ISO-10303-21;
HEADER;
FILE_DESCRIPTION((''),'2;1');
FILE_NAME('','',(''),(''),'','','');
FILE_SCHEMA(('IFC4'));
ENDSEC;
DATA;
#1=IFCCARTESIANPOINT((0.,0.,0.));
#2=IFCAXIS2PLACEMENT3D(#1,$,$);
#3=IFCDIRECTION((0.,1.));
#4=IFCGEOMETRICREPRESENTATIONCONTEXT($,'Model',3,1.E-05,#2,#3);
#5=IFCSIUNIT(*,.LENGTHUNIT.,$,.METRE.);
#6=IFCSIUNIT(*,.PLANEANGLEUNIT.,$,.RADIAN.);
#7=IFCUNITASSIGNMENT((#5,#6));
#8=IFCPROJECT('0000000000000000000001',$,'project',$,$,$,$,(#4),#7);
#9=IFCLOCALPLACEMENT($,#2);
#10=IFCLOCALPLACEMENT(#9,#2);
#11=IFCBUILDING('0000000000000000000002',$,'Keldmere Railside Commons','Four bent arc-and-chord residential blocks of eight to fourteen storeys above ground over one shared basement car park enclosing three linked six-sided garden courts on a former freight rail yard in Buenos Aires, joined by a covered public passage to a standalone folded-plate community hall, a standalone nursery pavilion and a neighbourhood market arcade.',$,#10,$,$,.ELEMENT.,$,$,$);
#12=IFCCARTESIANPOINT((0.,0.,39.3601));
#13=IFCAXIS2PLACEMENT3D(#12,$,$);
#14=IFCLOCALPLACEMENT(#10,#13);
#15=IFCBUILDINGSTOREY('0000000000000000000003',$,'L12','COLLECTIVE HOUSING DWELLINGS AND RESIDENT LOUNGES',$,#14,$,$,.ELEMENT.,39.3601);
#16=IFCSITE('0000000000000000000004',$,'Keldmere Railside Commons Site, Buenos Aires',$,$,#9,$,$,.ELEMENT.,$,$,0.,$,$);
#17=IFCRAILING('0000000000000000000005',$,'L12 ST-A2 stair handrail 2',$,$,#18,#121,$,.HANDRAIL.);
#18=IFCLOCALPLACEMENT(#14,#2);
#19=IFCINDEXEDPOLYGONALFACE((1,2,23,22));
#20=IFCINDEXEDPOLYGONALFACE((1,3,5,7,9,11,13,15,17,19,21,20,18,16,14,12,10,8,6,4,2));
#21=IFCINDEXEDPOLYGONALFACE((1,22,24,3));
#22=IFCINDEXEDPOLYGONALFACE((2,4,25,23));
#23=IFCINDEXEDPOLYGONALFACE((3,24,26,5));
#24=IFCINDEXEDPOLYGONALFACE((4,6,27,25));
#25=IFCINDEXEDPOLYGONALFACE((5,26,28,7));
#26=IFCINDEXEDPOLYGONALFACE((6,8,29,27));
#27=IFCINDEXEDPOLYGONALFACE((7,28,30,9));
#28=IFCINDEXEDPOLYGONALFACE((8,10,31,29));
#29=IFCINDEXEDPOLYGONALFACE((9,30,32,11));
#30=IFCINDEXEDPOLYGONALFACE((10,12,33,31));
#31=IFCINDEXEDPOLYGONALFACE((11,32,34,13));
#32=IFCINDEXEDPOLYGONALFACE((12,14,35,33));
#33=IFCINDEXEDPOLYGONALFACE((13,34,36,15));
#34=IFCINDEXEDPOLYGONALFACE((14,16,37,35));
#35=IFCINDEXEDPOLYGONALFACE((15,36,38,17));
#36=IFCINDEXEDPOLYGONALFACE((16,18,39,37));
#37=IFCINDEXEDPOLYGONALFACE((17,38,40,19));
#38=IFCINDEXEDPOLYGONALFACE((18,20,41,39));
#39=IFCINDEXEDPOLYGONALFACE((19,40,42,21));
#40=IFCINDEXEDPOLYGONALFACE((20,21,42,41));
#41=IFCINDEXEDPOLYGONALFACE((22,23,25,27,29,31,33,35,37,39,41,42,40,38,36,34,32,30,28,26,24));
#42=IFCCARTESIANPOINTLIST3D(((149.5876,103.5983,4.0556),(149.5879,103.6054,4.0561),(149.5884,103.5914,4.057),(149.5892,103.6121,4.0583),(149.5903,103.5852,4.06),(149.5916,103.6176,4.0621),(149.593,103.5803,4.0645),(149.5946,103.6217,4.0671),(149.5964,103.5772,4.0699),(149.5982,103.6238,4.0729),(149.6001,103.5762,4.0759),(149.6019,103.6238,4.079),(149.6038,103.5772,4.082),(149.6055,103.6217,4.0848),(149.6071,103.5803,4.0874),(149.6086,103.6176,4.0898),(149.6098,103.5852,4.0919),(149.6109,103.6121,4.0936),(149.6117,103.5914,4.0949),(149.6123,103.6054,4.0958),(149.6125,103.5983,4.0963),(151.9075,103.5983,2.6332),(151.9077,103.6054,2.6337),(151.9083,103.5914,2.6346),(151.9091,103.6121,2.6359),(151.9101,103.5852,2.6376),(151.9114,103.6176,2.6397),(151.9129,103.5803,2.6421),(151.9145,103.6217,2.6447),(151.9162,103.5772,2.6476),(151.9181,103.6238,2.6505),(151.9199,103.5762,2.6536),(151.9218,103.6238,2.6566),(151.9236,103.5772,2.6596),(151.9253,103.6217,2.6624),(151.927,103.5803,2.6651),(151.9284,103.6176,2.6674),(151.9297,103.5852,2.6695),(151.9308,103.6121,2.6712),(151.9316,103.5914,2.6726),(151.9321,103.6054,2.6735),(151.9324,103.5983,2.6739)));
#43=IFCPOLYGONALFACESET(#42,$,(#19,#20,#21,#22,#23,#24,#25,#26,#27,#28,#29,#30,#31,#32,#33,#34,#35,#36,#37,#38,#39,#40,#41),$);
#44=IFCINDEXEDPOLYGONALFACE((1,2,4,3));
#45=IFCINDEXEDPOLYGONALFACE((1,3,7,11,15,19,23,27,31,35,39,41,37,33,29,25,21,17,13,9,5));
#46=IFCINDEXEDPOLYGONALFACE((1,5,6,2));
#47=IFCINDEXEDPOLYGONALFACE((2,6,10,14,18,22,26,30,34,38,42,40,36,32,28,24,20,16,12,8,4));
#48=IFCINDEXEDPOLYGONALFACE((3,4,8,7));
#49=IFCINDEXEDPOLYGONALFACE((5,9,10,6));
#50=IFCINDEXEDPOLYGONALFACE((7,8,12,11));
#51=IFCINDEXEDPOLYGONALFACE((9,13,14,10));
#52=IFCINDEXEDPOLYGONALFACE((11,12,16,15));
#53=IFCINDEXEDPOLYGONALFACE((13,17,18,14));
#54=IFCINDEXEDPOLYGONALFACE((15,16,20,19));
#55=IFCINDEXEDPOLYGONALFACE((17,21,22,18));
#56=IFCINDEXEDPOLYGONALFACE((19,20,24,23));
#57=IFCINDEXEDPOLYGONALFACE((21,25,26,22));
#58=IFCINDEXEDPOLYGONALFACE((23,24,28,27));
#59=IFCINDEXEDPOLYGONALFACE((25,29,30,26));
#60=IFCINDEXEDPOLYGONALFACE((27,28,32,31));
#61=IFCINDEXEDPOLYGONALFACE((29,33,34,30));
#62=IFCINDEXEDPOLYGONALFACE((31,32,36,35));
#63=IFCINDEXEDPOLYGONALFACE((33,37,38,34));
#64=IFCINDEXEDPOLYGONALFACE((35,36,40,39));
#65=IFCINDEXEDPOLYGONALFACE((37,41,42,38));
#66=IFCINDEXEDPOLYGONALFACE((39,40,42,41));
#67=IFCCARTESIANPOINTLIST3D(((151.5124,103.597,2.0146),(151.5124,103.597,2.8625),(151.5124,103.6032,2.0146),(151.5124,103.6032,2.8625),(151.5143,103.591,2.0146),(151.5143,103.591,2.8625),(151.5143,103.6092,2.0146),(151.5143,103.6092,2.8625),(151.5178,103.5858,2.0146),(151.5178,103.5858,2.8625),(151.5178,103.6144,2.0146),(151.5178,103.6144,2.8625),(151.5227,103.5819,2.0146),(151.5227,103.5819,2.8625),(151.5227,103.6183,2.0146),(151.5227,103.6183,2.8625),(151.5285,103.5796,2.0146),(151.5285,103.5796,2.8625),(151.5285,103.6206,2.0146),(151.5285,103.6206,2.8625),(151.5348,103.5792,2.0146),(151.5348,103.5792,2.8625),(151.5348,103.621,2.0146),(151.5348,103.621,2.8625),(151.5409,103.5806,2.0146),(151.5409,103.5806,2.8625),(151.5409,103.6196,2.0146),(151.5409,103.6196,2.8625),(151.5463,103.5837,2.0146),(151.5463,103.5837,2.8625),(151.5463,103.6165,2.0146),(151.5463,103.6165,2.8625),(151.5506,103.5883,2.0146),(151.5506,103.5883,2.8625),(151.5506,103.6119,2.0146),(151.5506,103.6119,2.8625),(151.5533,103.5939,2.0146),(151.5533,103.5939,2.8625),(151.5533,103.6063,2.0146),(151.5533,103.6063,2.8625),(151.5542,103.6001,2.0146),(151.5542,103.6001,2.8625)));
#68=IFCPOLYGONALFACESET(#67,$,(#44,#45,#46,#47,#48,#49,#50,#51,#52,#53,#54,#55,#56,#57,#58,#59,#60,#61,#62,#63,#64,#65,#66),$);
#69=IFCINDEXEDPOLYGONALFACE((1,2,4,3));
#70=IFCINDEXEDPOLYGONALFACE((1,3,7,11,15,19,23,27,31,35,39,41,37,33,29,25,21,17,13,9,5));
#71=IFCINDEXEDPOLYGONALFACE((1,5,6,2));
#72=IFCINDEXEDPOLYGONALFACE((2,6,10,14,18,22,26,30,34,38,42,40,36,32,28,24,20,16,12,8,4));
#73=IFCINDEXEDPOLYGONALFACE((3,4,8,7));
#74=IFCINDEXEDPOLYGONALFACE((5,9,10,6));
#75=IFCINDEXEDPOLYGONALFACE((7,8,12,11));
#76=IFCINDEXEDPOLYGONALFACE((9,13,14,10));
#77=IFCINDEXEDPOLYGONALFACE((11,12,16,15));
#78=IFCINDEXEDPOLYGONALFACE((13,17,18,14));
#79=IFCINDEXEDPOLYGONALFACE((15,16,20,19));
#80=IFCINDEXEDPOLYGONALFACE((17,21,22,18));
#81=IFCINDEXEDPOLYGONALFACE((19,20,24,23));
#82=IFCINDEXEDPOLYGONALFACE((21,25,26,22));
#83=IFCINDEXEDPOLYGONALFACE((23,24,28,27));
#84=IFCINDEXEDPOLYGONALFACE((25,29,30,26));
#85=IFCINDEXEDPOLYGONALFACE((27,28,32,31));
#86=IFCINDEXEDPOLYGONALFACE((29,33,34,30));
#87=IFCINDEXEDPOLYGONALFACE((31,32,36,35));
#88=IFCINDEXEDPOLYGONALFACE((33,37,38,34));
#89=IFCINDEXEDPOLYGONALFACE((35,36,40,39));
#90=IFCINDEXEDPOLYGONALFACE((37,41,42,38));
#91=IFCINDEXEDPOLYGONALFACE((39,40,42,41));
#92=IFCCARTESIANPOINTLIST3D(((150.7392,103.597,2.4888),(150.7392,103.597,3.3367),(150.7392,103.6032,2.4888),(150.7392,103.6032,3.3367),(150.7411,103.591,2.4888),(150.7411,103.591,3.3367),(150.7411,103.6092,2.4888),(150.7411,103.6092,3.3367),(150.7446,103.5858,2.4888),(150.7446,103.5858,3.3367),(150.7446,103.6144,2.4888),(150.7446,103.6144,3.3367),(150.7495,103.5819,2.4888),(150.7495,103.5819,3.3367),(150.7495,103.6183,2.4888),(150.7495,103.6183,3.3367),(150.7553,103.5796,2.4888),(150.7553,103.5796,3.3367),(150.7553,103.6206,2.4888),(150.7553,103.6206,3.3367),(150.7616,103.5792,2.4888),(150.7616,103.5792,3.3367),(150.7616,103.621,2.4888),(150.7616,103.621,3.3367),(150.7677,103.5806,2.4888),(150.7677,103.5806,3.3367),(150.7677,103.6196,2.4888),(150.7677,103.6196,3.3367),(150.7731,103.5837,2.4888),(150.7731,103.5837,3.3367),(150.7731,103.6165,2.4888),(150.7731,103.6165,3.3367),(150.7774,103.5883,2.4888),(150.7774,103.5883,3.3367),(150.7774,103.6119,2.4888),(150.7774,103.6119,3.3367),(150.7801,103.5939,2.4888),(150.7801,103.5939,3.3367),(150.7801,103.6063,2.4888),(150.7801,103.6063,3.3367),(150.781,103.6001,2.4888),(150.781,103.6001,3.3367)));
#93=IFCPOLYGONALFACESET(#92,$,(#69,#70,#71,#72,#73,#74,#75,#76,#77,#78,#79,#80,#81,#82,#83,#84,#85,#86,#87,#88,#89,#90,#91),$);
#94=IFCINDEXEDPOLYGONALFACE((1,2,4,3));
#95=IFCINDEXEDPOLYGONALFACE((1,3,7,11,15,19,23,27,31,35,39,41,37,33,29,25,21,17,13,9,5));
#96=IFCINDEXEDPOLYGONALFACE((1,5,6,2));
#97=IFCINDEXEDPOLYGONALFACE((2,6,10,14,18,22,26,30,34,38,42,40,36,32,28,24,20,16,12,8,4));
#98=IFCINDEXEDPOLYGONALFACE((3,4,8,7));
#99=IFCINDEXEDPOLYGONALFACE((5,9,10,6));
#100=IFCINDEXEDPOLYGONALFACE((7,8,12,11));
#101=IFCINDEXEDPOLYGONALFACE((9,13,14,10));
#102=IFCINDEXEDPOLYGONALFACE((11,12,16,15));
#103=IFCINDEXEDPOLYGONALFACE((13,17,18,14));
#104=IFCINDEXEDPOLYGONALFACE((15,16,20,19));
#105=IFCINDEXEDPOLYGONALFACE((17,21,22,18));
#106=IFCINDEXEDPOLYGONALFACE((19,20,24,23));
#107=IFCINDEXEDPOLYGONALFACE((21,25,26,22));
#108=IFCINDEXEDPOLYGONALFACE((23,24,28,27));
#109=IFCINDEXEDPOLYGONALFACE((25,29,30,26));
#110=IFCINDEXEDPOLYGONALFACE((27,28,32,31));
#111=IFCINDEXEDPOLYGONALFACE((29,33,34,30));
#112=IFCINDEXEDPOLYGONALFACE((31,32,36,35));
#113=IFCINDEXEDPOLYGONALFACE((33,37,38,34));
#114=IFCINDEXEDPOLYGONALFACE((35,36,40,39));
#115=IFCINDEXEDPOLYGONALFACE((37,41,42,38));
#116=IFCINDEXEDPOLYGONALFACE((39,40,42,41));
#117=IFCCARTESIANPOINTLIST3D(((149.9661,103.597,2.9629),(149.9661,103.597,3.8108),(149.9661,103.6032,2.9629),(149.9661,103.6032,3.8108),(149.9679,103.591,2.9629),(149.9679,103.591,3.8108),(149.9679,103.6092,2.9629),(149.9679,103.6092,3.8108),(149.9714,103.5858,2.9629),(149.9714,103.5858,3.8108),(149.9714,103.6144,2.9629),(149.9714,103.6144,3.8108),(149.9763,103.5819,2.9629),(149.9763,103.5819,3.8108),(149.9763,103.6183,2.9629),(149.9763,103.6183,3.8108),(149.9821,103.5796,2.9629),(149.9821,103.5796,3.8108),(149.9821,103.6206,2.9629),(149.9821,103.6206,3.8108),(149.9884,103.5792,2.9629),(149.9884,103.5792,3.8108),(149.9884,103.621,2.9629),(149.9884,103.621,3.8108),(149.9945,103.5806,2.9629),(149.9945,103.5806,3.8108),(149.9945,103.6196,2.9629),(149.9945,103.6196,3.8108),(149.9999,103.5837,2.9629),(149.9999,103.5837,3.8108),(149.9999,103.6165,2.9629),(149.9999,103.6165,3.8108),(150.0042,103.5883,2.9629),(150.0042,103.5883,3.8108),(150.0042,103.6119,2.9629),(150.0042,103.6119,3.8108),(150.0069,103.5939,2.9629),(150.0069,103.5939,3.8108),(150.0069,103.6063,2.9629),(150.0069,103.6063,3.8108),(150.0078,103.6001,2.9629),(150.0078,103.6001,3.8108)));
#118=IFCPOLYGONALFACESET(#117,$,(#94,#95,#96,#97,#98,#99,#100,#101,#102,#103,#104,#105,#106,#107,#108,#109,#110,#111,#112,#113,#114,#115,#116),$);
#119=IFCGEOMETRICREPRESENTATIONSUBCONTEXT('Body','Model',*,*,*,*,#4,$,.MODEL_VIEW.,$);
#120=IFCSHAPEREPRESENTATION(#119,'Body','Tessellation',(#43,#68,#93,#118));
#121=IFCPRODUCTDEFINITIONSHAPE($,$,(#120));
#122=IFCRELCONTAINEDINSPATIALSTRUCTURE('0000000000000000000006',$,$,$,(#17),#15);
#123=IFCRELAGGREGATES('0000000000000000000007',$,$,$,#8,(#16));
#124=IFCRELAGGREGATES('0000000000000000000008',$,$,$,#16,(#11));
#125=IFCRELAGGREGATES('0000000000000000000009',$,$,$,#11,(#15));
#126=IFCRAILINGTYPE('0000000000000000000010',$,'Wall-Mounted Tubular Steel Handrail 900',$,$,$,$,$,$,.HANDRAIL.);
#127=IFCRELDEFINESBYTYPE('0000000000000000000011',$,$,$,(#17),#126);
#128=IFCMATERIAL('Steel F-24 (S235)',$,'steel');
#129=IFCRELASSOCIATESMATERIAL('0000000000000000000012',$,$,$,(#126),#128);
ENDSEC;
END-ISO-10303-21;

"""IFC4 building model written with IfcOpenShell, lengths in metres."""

from ifc_helpers import new_model, si_unit, direction, frame, origin, origin_2d, place, context, subcontext, project, spatial, circle, extrude, material, type_object, element, save


model = new_model("IFC4")

# Units and contexts
model_context = context("Model", 3, precision=1e-05, world=origin(), true_north=direction((0.0, 1.0)))
body_context = subcontext(model_context, "Body", "Model", "MODEL_VIEW")
ifc_project = project(units=[si_unit("LENGTHUNIT", "METRE"), si_unit("PLANEANGLEUNIT", "RADIAN")], contexts=[model_context])

# Site, building, storey
site_placement = place(None, origin())
site = spatial("IfcSite", under=ifc_project, at=site_placement, Name="Keldmere Railside Commons Site, Buenos Aires", CompositionType="ELEMENT", RefElevation=0.0)
building_placement = place(site_placement, origin())
building = spatial("IfcBuilding", under=site, at=building_placement, Name="Keldmere Railside Commons", Description="Four bent arc-and-chord residential blocks of eight to fourteen storeys above ground over one shared basement car park enclosing three linked six-sided garden courts on a former freight rail yard in Buenos Aires, joined by a covered public passage to a standalone folded-plate community hall, a standalone nursery pavilion and a neighbourhood market arcade.", CompositionType="ELEMENT")
storey_placement = place(building_placement, frame((0.0, 0.0, 39.3601)))
storey = spatial("IfcBuildingStorey", under=building, at=storey_placement, Name="L12", Description="COLLECTIVE HOUSING DWELLINGS AND RESIDENT LOUNGES", CompositionType="ELEMENT", Elevation=39.3601)

# Railing
ifc_material_1 = material(Name="Steel F-24 (S235)", Category="steel")
railing_type_1 = type_object("IfcRailingType", Name="Wall-Mounted Tubular Steel Handrail 900", PredefinedType="HANDRAIL", material=ifc_material_1)
railing_1_placement = place(storey_placement, frame((151.9199, 103.6001, 1.7776)))
element("IfcRailing", 1, at=railing_1_placement, inside=storey, type_object=railing_type_1, Name="L12 ST-A2 stair handrail 2", PredefinedType="HANDRAIL", context=body_context, shape_type="SweptSolid", body=[
    extrude(circle(Radius=0.0239, at=origin_2d()), frame((0.0, 0.0, 0.876), z_axis=(-0.852514, 0.0, 0.522705), x_axis=(0.0, -1.0, 0.0)), (0.0, 0.0, 1.0), 2.7212),
    extrude(circle(Radius=0.021, at=origin_2d()), frame((-0.3867, 0.0, 0.2371)), (0.0, 0.0, 1.0), 0.8479),
    extrude(circle(Radius=0.021, at=origin_2d()), frame((-1.1599, 0.0, 0.7112)), (0.0, 0.0, 1.0), 0.8479),
    extrude(circle(Radius=0.021, at=origin_2d()), frame((-1.9331, 0.0, 1.1853)), (0.0, 0.0, 1.0), 0.8479),
])

save(model, "model.ifc")
